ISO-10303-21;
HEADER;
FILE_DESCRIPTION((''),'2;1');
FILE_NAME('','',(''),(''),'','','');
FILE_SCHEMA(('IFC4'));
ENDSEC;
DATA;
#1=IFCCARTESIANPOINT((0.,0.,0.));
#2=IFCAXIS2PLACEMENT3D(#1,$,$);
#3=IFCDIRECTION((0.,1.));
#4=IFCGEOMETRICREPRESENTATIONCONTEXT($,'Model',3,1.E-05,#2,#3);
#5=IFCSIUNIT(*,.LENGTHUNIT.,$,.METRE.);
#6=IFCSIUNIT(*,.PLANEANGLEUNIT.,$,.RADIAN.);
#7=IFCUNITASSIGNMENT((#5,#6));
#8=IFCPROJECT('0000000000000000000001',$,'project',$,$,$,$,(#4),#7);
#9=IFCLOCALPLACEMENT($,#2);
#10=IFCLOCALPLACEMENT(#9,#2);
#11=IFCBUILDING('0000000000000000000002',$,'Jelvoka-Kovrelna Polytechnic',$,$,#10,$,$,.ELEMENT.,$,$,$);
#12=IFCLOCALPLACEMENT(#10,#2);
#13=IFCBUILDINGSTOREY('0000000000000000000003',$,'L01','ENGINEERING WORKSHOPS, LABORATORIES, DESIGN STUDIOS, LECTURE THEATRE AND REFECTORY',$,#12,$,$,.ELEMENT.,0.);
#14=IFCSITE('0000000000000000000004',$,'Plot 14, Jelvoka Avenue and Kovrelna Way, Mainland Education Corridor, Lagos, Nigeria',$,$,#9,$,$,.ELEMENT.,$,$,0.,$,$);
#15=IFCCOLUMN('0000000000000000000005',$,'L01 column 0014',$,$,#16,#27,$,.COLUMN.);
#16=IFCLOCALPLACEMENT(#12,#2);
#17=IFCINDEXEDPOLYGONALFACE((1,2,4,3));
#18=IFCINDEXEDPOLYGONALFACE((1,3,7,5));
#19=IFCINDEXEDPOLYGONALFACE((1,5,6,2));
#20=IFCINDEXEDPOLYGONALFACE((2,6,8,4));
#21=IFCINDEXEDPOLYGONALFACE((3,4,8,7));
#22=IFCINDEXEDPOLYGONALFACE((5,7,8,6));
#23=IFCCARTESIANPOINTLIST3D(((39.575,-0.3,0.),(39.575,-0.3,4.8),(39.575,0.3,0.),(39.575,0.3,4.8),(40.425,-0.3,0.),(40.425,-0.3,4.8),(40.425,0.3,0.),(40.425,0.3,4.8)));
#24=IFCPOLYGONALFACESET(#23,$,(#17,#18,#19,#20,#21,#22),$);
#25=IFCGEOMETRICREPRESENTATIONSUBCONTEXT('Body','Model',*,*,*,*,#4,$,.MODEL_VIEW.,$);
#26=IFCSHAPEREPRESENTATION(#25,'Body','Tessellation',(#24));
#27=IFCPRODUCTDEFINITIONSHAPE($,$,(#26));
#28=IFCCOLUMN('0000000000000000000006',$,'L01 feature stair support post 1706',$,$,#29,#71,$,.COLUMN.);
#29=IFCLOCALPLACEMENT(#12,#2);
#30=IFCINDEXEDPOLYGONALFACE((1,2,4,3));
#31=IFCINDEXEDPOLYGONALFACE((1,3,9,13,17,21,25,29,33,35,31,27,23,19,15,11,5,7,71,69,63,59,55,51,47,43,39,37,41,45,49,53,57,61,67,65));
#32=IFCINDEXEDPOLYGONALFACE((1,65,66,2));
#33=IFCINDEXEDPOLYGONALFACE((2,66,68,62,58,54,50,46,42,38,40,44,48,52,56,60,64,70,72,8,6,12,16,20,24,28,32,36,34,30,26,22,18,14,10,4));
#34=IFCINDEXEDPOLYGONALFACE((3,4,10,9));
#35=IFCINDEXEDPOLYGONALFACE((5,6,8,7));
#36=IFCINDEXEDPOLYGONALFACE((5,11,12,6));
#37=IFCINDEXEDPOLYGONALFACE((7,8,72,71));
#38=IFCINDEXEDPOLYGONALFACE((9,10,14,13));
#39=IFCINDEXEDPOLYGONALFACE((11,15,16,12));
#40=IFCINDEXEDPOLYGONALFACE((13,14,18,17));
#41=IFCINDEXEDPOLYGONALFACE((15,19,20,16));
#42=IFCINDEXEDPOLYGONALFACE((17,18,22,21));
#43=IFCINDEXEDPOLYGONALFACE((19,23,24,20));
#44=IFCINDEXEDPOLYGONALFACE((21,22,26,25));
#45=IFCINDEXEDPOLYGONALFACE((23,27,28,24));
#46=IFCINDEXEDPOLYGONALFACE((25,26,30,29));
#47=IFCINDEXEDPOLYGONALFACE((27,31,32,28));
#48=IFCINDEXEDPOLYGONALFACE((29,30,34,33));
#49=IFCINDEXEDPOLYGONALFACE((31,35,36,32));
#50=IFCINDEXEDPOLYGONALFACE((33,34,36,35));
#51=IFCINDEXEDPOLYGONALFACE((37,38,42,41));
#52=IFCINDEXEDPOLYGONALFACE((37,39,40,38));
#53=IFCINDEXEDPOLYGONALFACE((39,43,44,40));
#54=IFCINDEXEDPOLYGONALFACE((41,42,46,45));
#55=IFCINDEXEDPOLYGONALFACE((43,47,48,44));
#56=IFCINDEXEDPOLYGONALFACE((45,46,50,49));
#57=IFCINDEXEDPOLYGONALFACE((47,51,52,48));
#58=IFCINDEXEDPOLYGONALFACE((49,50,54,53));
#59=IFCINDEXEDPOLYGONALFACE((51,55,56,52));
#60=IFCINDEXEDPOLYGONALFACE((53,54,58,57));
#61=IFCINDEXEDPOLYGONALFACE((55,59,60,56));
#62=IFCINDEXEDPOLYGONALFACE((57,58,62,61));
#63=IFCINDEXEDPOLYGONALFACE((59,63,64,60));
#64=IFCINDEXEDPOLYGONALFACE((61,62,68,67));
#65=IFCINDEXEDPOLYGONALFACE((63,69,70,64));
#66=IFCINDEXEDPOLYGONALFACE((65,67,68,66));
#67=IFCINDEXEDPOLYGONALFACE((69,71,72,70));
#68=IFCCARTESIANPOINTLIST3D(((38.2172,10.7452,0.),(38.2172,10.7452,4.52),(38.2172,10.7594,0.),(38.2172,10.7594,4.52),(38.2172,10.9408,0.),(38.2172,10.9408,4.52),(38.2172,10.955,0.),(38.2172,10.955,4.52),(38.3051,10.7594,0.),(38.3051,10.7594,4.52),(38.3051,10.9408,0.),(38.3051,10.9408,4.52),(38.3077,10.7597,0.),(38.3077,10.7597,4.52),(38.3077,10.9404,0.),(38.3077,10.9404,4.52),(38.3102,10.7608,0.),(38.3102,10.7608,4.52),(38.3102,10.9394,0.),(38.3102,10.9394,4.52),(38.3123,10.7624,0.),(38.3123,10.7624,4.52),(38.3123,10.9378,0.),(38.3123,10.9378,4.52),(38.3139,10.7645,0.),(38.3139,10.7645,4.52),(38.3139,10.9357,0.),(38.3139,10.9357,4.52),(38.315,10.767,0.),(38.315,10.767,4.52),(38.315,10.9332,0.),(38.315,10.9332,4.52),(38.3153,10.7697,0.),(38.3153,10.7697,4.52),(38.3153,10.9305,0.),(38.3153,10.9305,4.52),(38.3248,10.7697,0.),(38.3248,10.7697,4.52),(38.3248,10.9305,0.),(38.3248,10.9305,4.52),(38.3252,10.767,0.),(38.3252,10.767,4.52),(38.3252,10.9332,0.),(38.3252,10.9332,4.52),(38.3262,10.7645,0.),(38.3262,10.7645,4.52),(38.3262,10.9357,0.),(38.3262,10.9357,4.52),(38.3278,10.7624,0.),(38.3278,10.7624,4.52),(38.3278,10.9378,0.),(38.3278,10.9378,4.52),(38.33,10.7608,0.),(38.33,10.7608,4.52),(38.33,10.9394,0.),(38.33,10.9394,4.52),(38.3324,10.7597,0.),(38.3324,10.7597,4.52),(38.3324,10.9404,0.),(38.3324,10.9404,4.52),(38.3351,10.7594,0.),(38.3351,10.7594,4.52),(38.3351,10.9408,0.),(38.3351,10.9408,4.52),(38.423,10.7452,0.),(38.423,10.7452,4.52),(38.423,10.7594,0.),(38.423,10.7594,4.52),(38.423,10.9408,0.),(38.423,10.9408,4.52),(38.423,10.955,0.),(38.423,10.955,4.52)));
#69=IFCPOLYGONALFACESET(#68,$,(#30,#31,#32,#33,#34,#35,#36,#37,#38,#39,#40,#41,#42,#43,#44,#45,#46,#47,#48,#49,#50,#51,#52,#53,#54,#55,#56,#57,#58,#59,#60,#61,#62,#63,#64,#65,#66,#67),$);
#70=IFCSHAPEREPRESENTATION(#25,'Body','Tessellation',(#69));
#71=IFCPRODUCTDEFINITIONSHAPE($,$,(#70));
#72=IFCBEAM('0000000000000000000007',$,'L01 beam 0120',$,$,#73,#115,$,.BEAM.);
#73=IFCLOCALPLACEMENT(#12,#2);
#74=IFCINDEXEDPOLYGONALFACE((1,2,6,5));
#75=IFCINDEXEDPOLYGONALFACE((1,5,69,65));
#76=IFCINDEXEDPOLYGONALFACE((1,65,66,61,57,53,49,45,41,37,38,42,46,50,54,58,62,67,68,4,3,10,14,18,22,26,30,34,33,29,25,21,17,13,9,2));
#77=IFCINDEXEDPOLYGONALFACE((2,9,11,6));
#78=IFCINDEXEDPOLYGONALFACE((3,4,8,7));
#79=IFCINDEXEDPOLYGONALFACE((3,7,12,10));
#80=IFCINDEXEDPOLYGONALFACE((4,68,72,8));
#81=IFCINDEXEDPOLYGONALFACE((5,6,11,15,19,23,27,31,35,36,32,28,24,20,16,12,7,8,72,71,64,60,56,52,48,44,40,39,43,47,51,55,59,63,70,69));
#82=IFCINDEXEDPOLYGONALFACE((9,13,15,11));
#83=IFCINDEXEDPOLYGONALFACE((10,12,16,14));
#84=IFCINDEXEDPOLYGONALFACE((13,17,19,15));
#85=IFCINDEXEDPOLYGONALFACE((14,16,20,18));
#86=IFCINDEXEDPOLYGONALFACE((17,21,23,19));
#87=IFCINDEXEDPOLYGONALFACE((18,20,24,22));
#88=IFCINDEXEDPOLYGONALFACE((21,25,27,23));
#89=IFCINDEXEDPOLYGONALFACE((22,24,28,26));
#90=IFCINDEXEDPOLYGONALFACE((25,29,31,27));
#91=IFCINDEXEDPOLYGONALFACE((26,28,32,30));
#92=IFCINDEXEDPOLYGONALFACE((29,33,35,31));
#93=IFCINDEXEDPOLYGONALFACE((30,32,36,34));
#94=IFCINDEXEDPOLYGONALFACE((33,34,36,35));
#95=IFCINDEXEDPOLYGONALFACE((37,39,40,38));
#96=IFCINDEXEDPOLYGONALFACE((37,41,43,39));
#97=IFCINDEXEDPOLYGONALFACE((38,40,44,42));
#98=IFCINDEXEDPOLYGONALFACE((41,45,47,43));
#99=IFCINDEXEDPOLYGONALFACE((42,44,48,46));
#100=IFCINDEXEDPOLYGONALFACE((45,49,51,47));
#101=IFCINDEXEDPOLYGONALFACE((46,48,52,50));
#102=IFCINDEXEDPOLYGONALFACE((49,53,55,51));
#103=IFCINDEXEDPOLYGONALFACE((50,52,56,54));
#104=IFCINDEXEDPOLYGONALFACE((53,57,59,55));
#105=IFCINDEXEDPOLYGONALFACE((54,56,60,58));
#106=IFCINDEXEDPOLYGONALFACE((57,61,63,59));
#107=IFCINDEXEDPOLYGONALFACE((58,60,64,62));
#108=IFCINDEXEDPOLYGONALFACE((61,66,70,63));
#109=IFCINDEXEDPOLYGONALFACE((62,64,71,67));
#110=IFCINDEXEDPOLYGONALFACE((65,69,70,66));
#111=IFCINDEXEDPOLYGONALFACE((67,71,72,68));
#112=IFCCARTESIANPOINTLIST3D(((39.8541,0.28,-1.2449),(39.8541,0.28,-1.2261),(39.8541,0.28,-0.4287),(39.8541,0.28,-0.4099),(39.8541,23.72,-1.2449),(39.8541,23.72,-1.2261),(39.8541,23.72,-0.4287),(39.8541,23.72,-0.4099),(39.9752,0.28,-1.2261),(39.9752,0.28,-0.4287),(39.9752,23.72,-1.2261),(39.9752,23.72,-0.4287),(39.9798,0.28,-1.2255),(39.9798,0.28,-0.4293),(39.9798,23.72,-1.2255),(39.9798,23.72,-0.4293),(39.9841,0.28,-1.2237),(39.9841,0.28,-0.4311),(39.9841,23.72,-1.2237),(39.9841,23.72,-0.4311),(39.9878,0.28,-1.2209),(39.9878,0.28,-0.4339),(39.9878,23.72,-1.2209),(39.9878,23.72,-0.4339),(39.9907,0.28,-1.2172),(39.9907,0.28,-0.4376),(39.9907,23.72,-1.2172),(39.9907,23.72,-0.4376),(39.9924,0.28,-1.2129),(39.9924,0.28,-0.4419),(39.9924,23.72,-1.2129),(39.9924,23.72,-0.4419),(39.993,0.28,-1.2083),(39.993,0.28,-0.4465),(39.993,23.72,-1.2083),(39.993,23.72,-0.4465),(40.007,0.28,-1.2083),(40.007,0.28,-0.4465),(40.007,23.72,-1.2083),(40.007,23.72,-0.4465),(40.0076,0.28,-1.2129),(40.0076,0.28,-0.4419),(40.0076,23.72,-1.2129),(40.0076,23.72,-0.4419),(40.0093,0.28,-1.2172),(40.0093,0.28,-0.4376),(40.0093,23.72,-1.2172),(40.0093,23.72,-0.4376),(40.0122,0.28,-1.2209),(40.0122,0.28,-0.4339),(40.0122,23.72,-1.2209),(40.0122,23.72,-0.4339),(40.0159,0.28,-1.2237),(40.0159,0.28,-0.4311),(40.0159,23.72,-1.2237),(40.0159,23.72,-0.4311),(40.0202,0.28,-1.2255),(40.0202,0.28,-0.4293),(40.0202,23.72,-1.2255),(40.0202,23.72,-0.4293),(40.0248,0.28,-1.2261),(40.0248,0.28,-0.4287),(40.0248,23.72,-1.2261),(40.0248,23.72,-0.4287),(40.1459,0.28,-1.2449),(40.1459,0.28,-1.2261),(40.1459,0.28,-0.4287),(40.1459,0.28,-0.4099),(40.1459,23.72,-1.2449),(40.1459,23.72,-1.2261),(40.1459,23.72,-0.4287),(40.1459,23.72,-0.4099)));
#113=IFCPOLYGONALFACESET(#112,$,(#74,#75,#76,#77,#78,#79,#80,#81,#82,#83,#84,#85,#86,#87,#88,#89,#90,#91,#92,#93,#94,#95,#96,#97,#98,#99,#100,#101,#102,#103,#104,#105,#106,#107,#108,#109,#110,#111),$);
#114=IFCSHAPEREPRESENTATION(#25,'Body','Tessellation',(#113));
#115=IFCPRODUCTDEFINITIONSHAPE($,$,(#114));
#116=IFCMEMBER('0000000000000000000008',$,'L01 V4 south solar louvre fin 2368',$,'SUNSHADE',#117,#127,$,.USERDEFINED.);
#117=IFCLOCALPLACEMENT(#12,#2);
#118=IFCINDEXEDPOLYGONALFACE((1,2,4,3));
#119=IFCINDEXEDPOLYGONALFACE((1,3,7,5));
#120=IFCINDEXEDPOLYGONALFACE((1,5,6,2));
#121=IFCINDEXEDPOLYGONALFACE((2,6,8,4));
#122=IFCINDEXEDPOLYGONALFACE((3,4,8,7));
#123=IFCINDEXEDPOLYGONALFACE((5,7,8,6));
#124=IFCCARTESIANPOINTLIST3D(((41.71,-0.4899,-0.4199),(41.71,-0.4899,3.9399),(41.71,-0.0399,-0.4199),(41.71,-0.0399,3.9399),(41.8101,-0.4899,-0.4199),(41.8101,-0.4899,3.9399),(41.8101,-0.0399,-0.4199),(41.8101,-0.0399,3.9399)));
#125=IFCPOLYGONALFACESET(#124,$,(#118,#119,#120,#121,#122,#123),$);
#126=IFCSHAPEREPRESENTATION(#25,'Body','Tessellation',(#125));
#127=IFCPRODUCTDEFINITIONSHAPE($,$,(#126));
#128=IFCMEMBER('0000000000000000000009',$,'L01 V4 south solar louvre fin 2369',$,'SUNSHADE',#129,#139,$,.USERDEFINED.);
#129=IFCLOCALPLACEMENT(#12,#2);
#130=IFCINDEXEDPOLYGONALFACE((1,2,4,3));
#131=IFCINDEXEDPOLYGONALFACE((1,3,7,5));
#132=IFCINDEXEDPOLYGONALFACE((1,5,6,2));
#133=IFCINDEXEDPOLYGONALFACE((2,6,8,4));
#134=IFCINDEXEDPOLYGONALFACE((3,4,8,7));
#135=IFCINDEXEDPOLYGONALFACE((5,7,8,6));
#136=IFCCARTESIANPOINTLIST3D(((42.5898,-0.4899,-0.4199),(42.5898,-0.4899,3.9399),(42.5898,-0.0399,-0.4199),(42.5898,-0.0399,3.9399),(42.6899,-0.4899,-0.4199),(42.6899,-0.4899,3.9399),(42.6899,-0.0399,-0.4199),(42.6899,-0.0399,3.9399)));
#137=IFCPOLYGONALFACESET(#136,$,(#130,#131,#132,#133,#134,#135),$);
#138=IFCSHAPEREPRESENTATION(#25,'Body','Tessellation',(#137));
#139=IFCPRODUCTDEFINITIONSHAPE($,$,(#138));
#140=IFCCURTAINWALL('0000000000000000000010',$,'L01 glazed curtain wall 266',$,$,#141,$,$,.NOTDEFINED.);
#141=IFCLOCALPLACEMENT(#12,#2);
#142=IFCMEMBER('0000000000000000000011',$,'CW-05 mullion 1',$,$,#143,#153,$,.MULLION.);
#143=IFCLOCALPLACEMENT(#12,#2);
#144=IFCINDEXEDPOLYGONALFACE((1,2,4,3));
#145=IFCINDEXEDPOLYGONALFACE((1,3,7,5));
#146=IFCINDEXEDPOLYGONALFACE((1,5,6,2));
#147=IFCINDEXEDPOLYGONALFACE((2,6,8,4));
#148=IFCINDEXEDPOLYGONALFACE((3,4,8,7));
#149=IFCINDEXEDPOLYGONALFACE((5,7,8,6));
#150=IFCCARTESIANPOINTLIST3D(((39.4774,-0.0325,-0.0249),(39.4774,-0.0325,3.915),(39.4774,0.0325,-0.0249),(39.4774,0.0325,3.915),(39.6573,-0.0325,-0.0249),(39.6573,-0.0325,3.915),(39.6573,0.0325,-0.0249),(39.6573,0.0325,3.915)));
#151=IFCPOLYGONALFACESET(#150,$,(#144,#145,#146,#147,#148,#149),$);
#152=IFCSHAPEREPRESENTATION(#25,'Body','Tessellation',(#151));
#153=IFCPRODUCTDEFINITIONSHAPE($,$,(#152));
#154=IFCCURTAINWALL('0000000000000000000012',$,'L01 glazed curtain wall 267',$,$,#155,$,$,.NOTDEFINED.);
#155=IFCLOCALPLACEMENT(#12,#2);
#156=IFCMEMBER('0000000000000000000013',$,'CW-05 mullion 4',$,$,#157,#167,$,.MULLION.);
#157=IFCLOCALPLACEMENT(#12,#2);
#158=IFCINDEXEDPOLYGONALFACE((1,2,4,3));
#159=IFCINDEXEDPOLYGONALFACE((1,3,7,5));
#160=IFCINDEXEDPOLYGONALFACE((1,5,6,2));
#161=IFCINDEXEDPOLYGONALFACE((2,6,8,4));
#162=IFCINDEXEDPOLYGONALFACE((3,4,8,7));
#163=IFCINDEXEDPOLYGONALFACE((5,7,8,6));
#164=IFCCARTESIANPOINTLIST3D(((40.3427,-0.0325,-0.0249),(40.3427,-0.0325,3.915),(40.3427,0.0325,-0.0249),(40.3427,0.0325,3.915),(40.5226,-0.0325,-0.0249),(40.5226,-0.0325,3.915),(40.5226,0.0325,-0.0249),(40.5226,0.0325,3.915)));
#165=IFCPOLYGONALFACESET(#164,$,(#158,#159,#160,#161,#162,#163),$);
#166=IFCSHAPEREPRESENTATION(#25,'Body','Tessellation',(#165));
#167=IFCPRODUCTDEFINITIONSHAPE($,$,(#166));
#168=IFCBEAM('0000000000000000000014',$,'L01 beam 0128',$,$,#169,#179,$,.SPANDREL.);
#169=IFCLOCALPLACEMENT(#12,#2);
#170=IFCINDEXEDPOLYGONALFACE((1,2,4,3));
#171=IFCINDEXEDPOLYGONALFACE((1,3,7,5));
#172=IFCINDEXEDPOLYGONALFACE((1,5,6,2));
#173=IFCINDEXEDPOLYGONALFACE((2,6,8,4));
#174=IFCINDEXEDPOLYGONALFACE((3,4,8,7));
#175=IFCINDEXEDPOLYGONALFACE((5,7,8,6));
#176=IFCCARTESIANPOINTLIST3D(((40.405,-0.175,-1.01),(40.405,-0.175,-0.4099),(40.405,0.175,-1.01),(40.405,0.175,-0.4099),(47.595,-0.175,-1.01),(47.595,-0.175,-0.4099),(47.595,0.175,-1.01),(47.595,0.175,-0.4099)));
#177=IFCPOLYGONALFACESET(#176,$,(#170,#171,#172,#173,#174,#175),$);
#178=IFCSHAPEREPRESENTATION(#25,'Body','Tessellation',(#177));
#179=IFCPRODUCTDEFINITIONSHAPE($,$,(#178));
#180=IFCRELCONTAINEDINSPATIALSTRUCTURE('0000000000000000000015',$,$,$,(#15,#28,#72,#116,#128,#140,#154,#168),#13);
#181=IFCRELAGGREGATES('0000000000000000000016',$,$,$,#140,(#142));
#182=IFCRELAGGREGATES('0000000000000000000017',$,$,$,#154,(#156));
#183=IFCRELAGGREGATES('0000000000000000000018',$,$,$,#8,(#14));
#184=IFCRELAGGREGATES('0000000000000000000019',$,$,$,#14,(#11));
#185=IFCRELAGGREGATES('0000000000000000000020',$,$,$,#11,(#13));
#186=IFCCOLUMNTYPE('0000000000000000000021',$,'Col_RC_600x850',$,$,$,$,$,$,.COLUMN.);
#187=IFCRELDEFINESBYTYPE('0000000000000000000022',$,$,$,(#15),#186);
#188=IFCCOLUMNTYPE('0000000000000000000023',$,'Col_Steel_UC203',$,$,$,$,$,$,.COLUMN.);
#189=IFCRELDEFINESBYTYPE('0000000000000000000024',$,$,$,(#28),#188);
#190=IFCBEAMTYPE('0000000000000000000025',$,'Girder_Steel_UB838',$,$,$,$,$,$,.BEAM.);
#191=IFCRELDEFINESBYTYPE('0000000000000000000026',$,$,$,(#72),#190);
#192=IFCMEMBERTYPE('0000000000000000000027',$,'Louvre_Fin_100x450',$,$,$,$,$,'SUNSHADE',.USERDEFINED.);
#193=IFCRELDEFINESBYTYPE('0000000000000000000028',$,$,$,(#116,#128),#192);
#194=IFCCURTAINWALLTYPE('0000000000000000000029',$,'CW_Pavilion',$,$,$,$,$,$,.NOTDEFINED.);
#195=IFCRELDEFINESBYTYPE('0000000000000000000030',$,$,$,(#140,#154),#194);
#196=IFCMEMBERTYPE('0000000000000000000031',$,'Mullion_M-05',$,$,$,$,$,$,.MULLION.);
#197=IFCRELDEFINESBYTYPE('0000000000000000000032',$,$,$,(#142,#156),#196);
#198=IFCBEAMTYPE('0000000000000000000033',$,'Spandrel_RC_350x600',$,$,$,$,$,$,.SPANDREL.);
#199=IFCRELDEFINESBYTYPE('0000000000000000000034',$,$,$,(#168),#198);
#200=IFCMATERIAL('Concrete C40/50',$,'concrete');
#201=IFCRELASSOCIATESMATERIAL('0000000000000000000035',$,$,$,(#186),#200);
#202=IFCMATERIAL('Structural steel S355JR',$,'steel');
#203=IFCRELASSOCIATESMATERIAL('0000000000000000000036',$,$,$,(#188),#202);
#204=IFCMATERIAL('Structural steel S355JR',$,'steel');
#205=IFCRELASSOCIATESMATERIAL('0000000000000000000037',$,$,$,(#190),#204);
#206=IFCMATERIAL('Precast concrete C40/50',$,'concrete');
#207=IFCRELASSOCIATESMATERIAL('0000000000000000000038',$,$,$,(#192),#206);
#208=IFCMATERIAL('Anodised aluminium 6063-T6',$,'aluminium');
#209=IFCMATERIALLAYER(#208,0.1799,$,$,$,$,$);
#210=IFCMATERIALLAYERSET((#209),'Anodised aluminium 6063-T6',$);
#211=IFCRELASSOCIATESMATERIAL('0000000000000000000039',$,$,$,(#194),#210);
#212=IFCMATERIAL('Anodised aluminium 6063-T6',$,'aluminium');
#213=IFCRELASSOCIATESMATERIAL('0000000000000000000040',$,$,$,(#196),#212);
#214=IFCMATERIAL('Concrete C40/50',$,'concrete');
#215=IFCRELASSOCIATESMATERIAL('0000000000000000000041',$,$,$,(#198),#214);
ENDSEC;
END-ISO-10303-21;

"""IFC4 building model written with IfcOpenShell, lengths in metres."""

from ifc_helpers import new_model, si_unit, direction, frame, origin, origin_2d, place, context, subcontext, project, spatial, rectangle, i_section, extrude, material, layer, layer_set, material_profile, profile_set, type_object, element, aggregate, save


model = new_model("IFC4")

# Units and contexts
model_context = context("Model", 3, precision=1e-05, world=origin(), true_north=direction((0.0, 1.0)))
body_context = subcontext(model_context, "Body", "Model", "MODEL_VIEW")
ifc_project = project(units=[si_unit("LENGTHUNIT", "METRE"), si_unit("PLANEANGLEUNIT", "RADIAN")], contexts=[model_context])

# Site, building, storey
site_placement = place(None, origin())
site = spatial("IfcSite", under=ifc_project, at=site_placement, Name="Plot 14, Jelvoka Avenue and Kovrelna Way, Mainland Education Corridor, Lagos, Nigeria", CompositionType="ELEMENT", RefElevation=0.0)
building_placement = place(site_placement, origin())
building = spatial("IfcBuilding", under=site, at=building_placement, Name="Jelvoka-Kovrelna Polytechnic", CompositionType="ELEMENT")
storey_placement = place(building_placement, origin())
storey = spatial("IfcBuildingStorey", under=building, at=storey_placement, Name="L01", Description="ENGINEERING WORKSHOPS, LABORATORIES, DESIGN STUDIOS, LECTURE THEATRE AND REFECTORY", CompositionType="ELEMENT", Elevation=0.0)

# Columns
ifc_material_1 = material(Name="Concrete C40/50", Category="concrete")
ifc_material_profile_1 = material_profile(ifc_material_1, rectangle(XDim=0.6001, YDim=0.8501, at=origin_2d()), Name="RC 600x850")
ifc_profile_set_1 = profile_set([ifc_material_profile_1], Name="Concrete C40/50")
column_type_1 = type_object("IfcColumnType", Name="Col_RC_600x850", PredefinedType="COLUMN", material=ifc_profile_set_1)
column_1_placement = place(storey_placement, frame((40.0, 0.0, 0.0), z_axis=(0.0, 0.0, 1.0), x_axis=(0.0, 1.0, 0.0)))
element("IfcColumn", 1, at=column_1_placement, inside=storey, type_object=column_type_1, Name="L01 column 0014", PredefinedType="COLUMN", context=body_context, shape_type="SweptSolid", body=[
    extrude(rectangle(XDim=0.6001, YDim=0.8501, at=origin_2d()), origin(), (0.0, 0.0, 1.0), 4.8),
])
ifc_material_2 = material(Name="Structural steel S355JR", Category="steel")
ifc_material_profile_2 = material_profile(ifc_material_2, i_section(OverallWidth=0.2058, OverallDepth=0.2097, WebThickness=0.0095, FlangeThickness=0.0142, FilletRadius=0.0103, at=origin_2d()), Name="203x203x60 UC")
ifc_profile_set_2 = profile_set([ifc_material_profile_2], Name="Structural steel S355JR")
column_type_2 = type_object("IfcColumnType", Name="Col_Steel_UC203", PredefinedType="COLUMN", material=ifc_profile_set_2)
column_2_placement = place(storey_placement, frame((38.3201, 10.8501, 0.0), z_axis=(0.0, 0.0, 1.0), x_axis=(1.0, 0.0, 0.0)))
element("IfcColumn", 2, at=column_2_placement, inside=storey, type_object=column_type_2, Name="L01 feature stair support post 1706", PredefinedType="COLUMN", context=body_context, shape_type="SweptSolid", body=[
    extrude(i_section(OverallWidth=0.2058, OverallDepth=0.2097, WebThickness=0.0095, FlangeThickness=0.0142, FilletRadius=0.0103, at=origin_2d()), origin(), (0.0, 0.0, 1.0), 4.52),
])

# Beam
ifc_material_3 = material(Name="Structural steel S355JR", Category="steel")
ifc_material_profile_3 = material_profile(ifc_material_3, i_section(OverallWidth=0.2917, OverallDepth=0.835, WebThickness=0.0139, FlangeThickness=0.0188, FilletRadius=0.0178, at=origin_2d()), Name="838x292x176 UB")
ifc_profile_set_3 = profile_set([ifc_material_profile_3], Name="Structural steel S355JR")
beam_type_1 = type_object("IfcBeamType", Name="Girder_Steel_UB838", PredefinedType="BEAM", material=ifc_profile_set_3)
beam_1_placement = place(storey_placement, frame((40.0, 0.28, -0.8274), z_axis=(0.0, 1.0, 0.0), x_axis=(-1.0, 0.0, 0.0)))
element("IfcBeam", 3, at=beam_1_placement, inside=storey, type_object=beam_type_1, Name="L01 beam 0120", PredefinedType="BEAM", context=body_context, shape_type="SweptSolid", body=[
    extrude(i_section(OverallWidth=0.2917, OverallDepth=0.835, WebThickness=0.0139, FlangeThickness=0.0188, FilletRadius=0.0178, at=origin_2d()), origin(), (0.0, 0.0, 1.0), 23.4399),
])

# Members
ifc_material_4 = material(Name="Precast concrete C40/50", Category="concrete")
ifc_material_profile_4 = material_profile(ifc_material_4, rectangle(XDim=0.1001, YDim=0.45, at=origin_2d()), Name="PC 100x450")
ifc_profile_set_4 = profile_set([ifc_material_profile_4], Name="Precast concrete C40/50")
member_type_1 = type_object("IfcMemberType", Name="Louvre_Fin_100x450", ElementType="SUNSHADE", PredefinedType="USERDEFINED", material=ifc_profile_set_4)
for number, where, z_axis, x_axis, name in (
    (4, (41.76, -0.2649, -0.4199), (0.0, 0.0, 1.0), (1.0, 0.0, 0.0), "L01 V4 south solar louvre fin 2368"),
    (5, (42.6399, -0.2649, -0.4199), (0.0, 0.0, 1.0), (1.0, 0.0, 0.0), "L01 V4 south solar louvre fin 2369"),
):
    element("IfcMember", number, at=place(storey_placement, frame(where, z_axis=z_axis, x_axis=x_axis)), inside=storey, type_object=member_type_1, Name=name, ObjectType="SUNSHADE", PredefinedType="USERDEFINED", context=body_context, shape_type="SweptSolid", body=[
        extrude(rectangle(XDim=0.1001, YDim=0.45, at=origin_2d()), origin(), (0.0, 0.0, 1.0), 4.3599),
    ])

# Curtain walls, members
ifc_material_5 = material(Name="Anodised aluminium 6063-T6", Category="aluminium")
ifc_layer_1 = layer(ifc_material_5, 0.1799)
ifc_layer_set_1 = layer_set([ifc_layer_1], Name="Anodised aluminium 6063-T6")
curtain_wall_type = type_object("IfcCurtainWallType", Name="CW_Pavilion", PredefinedType="NOTDEFINED", material=ifc_layer_set_1)
curtain_wall_1_placement = place(storey_placement, origin())
curtain_wall_1 = element("IfcCurtainWall", 6, at=curtain_wall_1_placement, inside=storey, type_object=curtain_wall_type, Name="L01 glazed curtain wall 266", PredefinedType="NOTDEFINED")
ifc_material_6 = material(Name="Anodised aluminium 6063-T6", Category="aluminium")
ifc_material_profile_5 = material_profile(ifc_material_6, rectangle(XDim=0.0649, YDim=0.1799, at=origin_2d()), Name="ALU 65x180")
ifc_profile_set_5 = profile_set([ifc_material_profile_5], Name="Anodised aluminium 6063-T6")
member_type_2 = type_object("IfcMemberType", Name="Mullion_M-05", PredefinedType="MULLION", material=ifc_profile_set_5)
member_1_placement = place(storey_placement, frame((39.5674, 0.0, -0.0249), z_axis=(0.0, 0.0, 1.0), x_axis=(0.0, -1.0, 0.0)))
member_1 = element("IfcMember", 7, at=member_1_placement, type_object=member_type_2, Name="CW-05 mullion 1", PredefinedType="MULLION", context=body_context, shape_type="SweptSolid", body=[
    extrude(rectangle(XDim=0.0649, YDim=0.1799, at=origin_2d()), origin(), (0.0, 0.0, 1.0), 3.9399),
])
curtain_wall_2_placement = place(storey_placement, origin())
curtain_wall_2 = element("IfcCurtainWall", 8, at=curtain_wall_2_placement, inside=storey, type_object=curtain_wall_type, Name="L01 glazed curtain wall 267", PredefinedType="NOTDEFINED")
member_2_placement = place(storey_placement, frame((40.4326, 0.0, -0.0249), z_axis=(0.0, 0.0, 1.0), x_axis=(0.0, -1.0, 0.0)))
member_2 = element("IfcMember", 9, at=member_2_placement, type_object=member_type_2, Name="CW-05 mullion 4", PredefinedType="MULLION", context=body_context, shape_type="SweptSolid", body=[
    extrude(rectangle(XDim=0.0649, YDim=0.1799, at=origin_2d()), origin(), (0.0, 0.0, 1.0), 3.9399),
])

# Beam
ifc_material_7 = material(Name="Concrete C40/50", Category="concrete")
ifc_material_profile_6 = material_profile(ifc_material_7, rectangle(XDim=0.3501, YDim=0.6001, at=origin_2d()), Name="RC 350x600")
ifc_profile_set_6 = profile_set([ifc_material_profile_6], Name="Concrete C40/50")
beam_type_2 = type_object("IfcBeamType", Name="Spandrel_RC_350x600", PredefinedType="SPANDREL", material=ifc_profile_set_6)
beam_2_placement = place(storey_placement, frame((40.405, 0.0, -0.71), z_axis=(1.0, 0.0, 0.0), x_axis=(0.0, 1.0, 0.0)))
element("IfcBeam", 10, at=beam_2_placement, inside=storey, type_object=beam_type_2, Name="L01 beam 0128", PredefinedType="SPANDREL", context=body_context, shape_type="SweptSolid", body=[
    extrude(rectangle(XDim=0.3501, YDim=0.6001, at=origin_2d()), origin(), (0.0, 0.0, 1.0), 7.1899),
])

aggregate(curtain_wall_1, [member_1])
aggregate(curtain_wall_2, [member_2])

save(model, "model.ifc")
